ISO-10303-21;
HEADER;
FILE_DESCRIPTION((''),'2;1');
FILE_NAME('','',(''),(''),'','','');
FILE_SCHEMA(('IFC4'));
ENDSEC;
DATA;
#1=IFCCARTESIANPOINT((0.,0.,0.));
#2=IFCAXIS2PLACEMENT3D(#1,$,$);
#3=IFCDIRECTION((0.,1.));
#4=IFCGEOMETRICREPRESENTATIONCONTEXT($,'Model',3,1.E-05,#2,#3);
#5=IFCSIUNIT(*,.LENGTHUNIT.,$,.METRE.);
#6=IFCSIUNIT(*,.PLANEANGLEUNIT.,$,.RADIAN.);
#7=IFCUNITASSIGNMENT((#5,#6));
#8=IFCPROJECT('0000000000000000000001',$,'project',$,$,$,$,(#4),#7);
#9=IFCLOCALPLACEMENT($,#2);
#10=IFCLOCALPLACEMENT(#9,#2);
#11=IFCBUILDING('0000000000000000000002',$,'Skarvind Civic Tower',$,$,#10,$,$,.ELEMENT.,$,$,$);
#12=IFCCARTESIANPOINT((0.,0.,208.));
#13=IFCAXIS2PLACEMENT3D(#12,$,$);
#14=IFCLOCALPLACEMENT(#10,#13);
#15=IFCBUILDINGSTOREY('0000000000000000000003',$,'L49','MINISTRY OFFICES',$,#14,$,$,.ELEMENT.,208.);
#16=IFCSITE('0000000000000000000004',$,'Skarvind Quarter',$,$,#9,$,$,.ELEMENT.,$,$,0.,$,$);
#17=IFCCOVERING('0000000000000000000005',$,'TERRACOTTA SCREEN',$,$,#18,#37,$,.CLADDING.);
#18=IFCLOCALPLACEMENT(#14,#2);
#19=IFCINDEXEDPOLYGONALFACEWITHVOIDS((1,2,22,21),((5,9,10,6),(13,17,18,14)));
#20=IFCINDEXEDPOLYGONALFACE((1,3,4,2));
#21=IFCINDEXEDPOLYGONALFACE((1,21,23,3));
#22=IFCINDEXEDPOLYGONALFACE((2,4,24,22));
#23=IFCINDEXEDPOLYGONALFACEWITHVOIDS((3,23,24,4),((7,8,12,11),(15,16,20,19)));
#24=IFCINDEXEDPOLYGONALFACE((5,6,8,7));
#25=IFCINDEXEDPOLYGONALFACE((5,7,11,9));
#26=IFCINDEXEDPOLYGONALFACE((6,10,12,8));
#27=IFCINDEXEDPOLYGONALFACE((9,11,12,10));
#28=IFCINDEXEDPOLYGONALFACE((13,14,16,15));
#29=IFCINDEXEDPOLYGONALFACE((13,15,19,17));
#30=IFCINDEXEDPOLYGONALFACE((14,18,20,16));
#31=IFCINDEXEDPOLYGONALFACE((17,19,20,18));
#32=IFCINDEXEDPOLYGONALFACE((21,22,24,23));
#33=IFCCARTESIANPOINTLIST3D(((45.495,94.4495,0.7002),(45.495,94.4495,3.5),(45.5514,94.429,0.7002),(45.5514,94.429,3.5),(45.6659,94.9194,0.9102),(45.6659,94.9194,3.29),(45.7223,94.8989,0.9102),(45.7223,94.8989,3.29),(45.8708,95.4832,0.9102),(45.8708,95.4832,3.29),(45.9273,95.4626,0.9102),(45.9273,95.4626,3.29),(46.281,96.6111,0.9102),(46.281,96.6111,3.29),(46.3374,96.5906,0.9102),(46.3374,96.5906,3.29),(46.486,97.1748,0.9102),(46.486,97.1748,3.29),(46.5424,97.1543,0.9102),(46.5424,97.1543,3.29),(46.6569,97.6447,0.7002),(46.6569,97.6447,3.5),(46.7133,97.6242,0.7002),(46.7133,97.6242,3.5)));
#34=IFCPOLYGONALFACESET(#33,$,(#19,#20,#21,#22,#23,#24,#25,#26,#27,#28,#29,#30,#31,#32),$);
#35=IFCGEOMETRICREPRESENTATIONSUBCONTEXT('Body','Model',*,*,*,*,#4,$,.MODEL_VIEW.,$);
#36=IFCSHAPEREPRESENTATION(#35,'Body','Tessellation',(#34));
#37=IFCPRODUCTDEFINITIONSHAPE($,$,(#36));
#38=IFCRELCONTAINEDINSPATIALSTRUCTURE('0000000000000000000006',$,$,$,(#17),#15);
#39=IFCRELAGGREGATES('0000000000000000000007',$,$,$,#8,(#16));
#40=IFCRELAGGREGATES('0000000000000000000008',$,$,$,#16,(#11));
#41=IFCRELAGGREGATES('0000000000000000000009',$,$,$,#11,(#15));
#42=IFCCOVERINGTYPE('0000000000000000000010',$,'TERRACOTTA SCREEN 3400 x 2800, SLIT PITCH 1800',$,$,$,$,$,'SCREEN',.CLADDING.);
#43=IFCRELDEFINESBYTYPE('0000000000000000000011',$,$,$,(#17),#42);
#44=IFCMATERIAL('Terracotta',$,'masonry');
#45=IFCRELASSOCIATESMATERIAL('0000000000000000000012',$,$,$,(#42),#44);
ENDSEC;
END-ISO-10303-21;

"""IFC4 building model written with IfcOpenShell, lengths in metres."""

from ifc_helpers import new_model, si_unit, direction, frame, origin, place, context, subcontext, project, spatial, polyline, outline, extrude, material, material_profile, profile_set, type_object, element, save


model = new_model("IFC4")

# Units and contexts
model_context = context("Model", 3, precision=1e-05, world=origin(), true_north=direction((0.0, 1.0)))
body_context = subcontext(model_context, "Body", "Model", "MODEL_VIEW")
ifc_project = project(units=[si_unit("LENGTHUNIT", "METRE"), si_unit("PLANEANGLEUNIT", "RADIAN")], contexts=[model_context])

# Site, building, storey
site_placement = place(None, origin())
site = spatial("IfcSite", under=ifc_project, at=site_placement, Name="Skarvind Quarter", CompositionType="ELEMENT", RefElevation=0.0)
building_placement = place(site_placement, origin())
building = spatial("IfcBuilding", under=site, at=building_placement, Name="Skarvind Civic Tower", CompositionType="ELEMENT")
storey_placement = place(building_placement, frame((0.0, 0.0, 208.0)))
storey = spatial("IfcBuildingStorey", under=building, at=storey_placement, Name="L49", Description="MINISTRY OFFICES", CompositionType="ELEMENT", Elevation=208.0)

# Covering
ifc_material_1 = material(Name="Terracotta", Category="masonry")
ifc_material_profile_1 = material_profile(ifc_material_1, outline(polyline([(-1.7, -1.3999), (1.7, -1.3999), (1.7, 1.3999), (-1.7, 1.3999), (-1.7, -1.3999)]), holes=[polyline([(-1.2, -1.1899), (-0.6001, -1.1899), (-0.6001, 1.1899), (-1.2, 1.1899), (-1.2, -1.1899)]), polyline([(0.6001, -1.1899), (1.2, -1.1899), (1.2, 1.1899), (0.6001, 1.1899), (0.6001, -1.1899)])]), Name="TERRACOTTA SCREEN 3400 x 2800, SLIT PITCH 1800")
ifc_profile_set_1 = profile_set([ifc_material_profile_1], Name="Terracotta")
covering_type_1 = type_object("IfcCoveringType", Name="TERRACOTTA SCREEN 3400 x 2800, SLIT PITCH 1800", ElementType="SCREEN", PredefinedType="CLADDING", material=ifc_profile_set_1)
covering_placement = place(storey_placement, frame((46.0759, 96.0471, 2.1001), z_axis=(0.939793, -0.341743, 0.0), x_axis=(0.341743, 0.939793, 0.0)))
element("IfcCovering", 1, at=covering_placement, inside=storey, type_object=covering_type_1, Name="TERRACOTTA SCREEN", PredefinedType="CLADDING", context=body_context, shape_type="SweptSolid", body=[
    extrude(outline(polyline([(-1.7, -1.3999), (1.7, -1.3999), (1.7, 1.3999), (-1.7, 1.3999), (-1.7, -1.3999)]), holes=[polyline([(-1.2, -1.1899), (-0.6001, -1.1899), (-0.6001, 1.1899), (-1.2, 1.1899), (-1.2, -1.1899)]), polyline([(0.6001, -1.1899), (1.2, -1.1899), (1.2, 1.1899), (0.6001, 1.1899), (0.6001, -1.1899)])]), origin(), (0.0, 0.0, 1.0), 0.0601),
])

save(model, "model.ifc")
